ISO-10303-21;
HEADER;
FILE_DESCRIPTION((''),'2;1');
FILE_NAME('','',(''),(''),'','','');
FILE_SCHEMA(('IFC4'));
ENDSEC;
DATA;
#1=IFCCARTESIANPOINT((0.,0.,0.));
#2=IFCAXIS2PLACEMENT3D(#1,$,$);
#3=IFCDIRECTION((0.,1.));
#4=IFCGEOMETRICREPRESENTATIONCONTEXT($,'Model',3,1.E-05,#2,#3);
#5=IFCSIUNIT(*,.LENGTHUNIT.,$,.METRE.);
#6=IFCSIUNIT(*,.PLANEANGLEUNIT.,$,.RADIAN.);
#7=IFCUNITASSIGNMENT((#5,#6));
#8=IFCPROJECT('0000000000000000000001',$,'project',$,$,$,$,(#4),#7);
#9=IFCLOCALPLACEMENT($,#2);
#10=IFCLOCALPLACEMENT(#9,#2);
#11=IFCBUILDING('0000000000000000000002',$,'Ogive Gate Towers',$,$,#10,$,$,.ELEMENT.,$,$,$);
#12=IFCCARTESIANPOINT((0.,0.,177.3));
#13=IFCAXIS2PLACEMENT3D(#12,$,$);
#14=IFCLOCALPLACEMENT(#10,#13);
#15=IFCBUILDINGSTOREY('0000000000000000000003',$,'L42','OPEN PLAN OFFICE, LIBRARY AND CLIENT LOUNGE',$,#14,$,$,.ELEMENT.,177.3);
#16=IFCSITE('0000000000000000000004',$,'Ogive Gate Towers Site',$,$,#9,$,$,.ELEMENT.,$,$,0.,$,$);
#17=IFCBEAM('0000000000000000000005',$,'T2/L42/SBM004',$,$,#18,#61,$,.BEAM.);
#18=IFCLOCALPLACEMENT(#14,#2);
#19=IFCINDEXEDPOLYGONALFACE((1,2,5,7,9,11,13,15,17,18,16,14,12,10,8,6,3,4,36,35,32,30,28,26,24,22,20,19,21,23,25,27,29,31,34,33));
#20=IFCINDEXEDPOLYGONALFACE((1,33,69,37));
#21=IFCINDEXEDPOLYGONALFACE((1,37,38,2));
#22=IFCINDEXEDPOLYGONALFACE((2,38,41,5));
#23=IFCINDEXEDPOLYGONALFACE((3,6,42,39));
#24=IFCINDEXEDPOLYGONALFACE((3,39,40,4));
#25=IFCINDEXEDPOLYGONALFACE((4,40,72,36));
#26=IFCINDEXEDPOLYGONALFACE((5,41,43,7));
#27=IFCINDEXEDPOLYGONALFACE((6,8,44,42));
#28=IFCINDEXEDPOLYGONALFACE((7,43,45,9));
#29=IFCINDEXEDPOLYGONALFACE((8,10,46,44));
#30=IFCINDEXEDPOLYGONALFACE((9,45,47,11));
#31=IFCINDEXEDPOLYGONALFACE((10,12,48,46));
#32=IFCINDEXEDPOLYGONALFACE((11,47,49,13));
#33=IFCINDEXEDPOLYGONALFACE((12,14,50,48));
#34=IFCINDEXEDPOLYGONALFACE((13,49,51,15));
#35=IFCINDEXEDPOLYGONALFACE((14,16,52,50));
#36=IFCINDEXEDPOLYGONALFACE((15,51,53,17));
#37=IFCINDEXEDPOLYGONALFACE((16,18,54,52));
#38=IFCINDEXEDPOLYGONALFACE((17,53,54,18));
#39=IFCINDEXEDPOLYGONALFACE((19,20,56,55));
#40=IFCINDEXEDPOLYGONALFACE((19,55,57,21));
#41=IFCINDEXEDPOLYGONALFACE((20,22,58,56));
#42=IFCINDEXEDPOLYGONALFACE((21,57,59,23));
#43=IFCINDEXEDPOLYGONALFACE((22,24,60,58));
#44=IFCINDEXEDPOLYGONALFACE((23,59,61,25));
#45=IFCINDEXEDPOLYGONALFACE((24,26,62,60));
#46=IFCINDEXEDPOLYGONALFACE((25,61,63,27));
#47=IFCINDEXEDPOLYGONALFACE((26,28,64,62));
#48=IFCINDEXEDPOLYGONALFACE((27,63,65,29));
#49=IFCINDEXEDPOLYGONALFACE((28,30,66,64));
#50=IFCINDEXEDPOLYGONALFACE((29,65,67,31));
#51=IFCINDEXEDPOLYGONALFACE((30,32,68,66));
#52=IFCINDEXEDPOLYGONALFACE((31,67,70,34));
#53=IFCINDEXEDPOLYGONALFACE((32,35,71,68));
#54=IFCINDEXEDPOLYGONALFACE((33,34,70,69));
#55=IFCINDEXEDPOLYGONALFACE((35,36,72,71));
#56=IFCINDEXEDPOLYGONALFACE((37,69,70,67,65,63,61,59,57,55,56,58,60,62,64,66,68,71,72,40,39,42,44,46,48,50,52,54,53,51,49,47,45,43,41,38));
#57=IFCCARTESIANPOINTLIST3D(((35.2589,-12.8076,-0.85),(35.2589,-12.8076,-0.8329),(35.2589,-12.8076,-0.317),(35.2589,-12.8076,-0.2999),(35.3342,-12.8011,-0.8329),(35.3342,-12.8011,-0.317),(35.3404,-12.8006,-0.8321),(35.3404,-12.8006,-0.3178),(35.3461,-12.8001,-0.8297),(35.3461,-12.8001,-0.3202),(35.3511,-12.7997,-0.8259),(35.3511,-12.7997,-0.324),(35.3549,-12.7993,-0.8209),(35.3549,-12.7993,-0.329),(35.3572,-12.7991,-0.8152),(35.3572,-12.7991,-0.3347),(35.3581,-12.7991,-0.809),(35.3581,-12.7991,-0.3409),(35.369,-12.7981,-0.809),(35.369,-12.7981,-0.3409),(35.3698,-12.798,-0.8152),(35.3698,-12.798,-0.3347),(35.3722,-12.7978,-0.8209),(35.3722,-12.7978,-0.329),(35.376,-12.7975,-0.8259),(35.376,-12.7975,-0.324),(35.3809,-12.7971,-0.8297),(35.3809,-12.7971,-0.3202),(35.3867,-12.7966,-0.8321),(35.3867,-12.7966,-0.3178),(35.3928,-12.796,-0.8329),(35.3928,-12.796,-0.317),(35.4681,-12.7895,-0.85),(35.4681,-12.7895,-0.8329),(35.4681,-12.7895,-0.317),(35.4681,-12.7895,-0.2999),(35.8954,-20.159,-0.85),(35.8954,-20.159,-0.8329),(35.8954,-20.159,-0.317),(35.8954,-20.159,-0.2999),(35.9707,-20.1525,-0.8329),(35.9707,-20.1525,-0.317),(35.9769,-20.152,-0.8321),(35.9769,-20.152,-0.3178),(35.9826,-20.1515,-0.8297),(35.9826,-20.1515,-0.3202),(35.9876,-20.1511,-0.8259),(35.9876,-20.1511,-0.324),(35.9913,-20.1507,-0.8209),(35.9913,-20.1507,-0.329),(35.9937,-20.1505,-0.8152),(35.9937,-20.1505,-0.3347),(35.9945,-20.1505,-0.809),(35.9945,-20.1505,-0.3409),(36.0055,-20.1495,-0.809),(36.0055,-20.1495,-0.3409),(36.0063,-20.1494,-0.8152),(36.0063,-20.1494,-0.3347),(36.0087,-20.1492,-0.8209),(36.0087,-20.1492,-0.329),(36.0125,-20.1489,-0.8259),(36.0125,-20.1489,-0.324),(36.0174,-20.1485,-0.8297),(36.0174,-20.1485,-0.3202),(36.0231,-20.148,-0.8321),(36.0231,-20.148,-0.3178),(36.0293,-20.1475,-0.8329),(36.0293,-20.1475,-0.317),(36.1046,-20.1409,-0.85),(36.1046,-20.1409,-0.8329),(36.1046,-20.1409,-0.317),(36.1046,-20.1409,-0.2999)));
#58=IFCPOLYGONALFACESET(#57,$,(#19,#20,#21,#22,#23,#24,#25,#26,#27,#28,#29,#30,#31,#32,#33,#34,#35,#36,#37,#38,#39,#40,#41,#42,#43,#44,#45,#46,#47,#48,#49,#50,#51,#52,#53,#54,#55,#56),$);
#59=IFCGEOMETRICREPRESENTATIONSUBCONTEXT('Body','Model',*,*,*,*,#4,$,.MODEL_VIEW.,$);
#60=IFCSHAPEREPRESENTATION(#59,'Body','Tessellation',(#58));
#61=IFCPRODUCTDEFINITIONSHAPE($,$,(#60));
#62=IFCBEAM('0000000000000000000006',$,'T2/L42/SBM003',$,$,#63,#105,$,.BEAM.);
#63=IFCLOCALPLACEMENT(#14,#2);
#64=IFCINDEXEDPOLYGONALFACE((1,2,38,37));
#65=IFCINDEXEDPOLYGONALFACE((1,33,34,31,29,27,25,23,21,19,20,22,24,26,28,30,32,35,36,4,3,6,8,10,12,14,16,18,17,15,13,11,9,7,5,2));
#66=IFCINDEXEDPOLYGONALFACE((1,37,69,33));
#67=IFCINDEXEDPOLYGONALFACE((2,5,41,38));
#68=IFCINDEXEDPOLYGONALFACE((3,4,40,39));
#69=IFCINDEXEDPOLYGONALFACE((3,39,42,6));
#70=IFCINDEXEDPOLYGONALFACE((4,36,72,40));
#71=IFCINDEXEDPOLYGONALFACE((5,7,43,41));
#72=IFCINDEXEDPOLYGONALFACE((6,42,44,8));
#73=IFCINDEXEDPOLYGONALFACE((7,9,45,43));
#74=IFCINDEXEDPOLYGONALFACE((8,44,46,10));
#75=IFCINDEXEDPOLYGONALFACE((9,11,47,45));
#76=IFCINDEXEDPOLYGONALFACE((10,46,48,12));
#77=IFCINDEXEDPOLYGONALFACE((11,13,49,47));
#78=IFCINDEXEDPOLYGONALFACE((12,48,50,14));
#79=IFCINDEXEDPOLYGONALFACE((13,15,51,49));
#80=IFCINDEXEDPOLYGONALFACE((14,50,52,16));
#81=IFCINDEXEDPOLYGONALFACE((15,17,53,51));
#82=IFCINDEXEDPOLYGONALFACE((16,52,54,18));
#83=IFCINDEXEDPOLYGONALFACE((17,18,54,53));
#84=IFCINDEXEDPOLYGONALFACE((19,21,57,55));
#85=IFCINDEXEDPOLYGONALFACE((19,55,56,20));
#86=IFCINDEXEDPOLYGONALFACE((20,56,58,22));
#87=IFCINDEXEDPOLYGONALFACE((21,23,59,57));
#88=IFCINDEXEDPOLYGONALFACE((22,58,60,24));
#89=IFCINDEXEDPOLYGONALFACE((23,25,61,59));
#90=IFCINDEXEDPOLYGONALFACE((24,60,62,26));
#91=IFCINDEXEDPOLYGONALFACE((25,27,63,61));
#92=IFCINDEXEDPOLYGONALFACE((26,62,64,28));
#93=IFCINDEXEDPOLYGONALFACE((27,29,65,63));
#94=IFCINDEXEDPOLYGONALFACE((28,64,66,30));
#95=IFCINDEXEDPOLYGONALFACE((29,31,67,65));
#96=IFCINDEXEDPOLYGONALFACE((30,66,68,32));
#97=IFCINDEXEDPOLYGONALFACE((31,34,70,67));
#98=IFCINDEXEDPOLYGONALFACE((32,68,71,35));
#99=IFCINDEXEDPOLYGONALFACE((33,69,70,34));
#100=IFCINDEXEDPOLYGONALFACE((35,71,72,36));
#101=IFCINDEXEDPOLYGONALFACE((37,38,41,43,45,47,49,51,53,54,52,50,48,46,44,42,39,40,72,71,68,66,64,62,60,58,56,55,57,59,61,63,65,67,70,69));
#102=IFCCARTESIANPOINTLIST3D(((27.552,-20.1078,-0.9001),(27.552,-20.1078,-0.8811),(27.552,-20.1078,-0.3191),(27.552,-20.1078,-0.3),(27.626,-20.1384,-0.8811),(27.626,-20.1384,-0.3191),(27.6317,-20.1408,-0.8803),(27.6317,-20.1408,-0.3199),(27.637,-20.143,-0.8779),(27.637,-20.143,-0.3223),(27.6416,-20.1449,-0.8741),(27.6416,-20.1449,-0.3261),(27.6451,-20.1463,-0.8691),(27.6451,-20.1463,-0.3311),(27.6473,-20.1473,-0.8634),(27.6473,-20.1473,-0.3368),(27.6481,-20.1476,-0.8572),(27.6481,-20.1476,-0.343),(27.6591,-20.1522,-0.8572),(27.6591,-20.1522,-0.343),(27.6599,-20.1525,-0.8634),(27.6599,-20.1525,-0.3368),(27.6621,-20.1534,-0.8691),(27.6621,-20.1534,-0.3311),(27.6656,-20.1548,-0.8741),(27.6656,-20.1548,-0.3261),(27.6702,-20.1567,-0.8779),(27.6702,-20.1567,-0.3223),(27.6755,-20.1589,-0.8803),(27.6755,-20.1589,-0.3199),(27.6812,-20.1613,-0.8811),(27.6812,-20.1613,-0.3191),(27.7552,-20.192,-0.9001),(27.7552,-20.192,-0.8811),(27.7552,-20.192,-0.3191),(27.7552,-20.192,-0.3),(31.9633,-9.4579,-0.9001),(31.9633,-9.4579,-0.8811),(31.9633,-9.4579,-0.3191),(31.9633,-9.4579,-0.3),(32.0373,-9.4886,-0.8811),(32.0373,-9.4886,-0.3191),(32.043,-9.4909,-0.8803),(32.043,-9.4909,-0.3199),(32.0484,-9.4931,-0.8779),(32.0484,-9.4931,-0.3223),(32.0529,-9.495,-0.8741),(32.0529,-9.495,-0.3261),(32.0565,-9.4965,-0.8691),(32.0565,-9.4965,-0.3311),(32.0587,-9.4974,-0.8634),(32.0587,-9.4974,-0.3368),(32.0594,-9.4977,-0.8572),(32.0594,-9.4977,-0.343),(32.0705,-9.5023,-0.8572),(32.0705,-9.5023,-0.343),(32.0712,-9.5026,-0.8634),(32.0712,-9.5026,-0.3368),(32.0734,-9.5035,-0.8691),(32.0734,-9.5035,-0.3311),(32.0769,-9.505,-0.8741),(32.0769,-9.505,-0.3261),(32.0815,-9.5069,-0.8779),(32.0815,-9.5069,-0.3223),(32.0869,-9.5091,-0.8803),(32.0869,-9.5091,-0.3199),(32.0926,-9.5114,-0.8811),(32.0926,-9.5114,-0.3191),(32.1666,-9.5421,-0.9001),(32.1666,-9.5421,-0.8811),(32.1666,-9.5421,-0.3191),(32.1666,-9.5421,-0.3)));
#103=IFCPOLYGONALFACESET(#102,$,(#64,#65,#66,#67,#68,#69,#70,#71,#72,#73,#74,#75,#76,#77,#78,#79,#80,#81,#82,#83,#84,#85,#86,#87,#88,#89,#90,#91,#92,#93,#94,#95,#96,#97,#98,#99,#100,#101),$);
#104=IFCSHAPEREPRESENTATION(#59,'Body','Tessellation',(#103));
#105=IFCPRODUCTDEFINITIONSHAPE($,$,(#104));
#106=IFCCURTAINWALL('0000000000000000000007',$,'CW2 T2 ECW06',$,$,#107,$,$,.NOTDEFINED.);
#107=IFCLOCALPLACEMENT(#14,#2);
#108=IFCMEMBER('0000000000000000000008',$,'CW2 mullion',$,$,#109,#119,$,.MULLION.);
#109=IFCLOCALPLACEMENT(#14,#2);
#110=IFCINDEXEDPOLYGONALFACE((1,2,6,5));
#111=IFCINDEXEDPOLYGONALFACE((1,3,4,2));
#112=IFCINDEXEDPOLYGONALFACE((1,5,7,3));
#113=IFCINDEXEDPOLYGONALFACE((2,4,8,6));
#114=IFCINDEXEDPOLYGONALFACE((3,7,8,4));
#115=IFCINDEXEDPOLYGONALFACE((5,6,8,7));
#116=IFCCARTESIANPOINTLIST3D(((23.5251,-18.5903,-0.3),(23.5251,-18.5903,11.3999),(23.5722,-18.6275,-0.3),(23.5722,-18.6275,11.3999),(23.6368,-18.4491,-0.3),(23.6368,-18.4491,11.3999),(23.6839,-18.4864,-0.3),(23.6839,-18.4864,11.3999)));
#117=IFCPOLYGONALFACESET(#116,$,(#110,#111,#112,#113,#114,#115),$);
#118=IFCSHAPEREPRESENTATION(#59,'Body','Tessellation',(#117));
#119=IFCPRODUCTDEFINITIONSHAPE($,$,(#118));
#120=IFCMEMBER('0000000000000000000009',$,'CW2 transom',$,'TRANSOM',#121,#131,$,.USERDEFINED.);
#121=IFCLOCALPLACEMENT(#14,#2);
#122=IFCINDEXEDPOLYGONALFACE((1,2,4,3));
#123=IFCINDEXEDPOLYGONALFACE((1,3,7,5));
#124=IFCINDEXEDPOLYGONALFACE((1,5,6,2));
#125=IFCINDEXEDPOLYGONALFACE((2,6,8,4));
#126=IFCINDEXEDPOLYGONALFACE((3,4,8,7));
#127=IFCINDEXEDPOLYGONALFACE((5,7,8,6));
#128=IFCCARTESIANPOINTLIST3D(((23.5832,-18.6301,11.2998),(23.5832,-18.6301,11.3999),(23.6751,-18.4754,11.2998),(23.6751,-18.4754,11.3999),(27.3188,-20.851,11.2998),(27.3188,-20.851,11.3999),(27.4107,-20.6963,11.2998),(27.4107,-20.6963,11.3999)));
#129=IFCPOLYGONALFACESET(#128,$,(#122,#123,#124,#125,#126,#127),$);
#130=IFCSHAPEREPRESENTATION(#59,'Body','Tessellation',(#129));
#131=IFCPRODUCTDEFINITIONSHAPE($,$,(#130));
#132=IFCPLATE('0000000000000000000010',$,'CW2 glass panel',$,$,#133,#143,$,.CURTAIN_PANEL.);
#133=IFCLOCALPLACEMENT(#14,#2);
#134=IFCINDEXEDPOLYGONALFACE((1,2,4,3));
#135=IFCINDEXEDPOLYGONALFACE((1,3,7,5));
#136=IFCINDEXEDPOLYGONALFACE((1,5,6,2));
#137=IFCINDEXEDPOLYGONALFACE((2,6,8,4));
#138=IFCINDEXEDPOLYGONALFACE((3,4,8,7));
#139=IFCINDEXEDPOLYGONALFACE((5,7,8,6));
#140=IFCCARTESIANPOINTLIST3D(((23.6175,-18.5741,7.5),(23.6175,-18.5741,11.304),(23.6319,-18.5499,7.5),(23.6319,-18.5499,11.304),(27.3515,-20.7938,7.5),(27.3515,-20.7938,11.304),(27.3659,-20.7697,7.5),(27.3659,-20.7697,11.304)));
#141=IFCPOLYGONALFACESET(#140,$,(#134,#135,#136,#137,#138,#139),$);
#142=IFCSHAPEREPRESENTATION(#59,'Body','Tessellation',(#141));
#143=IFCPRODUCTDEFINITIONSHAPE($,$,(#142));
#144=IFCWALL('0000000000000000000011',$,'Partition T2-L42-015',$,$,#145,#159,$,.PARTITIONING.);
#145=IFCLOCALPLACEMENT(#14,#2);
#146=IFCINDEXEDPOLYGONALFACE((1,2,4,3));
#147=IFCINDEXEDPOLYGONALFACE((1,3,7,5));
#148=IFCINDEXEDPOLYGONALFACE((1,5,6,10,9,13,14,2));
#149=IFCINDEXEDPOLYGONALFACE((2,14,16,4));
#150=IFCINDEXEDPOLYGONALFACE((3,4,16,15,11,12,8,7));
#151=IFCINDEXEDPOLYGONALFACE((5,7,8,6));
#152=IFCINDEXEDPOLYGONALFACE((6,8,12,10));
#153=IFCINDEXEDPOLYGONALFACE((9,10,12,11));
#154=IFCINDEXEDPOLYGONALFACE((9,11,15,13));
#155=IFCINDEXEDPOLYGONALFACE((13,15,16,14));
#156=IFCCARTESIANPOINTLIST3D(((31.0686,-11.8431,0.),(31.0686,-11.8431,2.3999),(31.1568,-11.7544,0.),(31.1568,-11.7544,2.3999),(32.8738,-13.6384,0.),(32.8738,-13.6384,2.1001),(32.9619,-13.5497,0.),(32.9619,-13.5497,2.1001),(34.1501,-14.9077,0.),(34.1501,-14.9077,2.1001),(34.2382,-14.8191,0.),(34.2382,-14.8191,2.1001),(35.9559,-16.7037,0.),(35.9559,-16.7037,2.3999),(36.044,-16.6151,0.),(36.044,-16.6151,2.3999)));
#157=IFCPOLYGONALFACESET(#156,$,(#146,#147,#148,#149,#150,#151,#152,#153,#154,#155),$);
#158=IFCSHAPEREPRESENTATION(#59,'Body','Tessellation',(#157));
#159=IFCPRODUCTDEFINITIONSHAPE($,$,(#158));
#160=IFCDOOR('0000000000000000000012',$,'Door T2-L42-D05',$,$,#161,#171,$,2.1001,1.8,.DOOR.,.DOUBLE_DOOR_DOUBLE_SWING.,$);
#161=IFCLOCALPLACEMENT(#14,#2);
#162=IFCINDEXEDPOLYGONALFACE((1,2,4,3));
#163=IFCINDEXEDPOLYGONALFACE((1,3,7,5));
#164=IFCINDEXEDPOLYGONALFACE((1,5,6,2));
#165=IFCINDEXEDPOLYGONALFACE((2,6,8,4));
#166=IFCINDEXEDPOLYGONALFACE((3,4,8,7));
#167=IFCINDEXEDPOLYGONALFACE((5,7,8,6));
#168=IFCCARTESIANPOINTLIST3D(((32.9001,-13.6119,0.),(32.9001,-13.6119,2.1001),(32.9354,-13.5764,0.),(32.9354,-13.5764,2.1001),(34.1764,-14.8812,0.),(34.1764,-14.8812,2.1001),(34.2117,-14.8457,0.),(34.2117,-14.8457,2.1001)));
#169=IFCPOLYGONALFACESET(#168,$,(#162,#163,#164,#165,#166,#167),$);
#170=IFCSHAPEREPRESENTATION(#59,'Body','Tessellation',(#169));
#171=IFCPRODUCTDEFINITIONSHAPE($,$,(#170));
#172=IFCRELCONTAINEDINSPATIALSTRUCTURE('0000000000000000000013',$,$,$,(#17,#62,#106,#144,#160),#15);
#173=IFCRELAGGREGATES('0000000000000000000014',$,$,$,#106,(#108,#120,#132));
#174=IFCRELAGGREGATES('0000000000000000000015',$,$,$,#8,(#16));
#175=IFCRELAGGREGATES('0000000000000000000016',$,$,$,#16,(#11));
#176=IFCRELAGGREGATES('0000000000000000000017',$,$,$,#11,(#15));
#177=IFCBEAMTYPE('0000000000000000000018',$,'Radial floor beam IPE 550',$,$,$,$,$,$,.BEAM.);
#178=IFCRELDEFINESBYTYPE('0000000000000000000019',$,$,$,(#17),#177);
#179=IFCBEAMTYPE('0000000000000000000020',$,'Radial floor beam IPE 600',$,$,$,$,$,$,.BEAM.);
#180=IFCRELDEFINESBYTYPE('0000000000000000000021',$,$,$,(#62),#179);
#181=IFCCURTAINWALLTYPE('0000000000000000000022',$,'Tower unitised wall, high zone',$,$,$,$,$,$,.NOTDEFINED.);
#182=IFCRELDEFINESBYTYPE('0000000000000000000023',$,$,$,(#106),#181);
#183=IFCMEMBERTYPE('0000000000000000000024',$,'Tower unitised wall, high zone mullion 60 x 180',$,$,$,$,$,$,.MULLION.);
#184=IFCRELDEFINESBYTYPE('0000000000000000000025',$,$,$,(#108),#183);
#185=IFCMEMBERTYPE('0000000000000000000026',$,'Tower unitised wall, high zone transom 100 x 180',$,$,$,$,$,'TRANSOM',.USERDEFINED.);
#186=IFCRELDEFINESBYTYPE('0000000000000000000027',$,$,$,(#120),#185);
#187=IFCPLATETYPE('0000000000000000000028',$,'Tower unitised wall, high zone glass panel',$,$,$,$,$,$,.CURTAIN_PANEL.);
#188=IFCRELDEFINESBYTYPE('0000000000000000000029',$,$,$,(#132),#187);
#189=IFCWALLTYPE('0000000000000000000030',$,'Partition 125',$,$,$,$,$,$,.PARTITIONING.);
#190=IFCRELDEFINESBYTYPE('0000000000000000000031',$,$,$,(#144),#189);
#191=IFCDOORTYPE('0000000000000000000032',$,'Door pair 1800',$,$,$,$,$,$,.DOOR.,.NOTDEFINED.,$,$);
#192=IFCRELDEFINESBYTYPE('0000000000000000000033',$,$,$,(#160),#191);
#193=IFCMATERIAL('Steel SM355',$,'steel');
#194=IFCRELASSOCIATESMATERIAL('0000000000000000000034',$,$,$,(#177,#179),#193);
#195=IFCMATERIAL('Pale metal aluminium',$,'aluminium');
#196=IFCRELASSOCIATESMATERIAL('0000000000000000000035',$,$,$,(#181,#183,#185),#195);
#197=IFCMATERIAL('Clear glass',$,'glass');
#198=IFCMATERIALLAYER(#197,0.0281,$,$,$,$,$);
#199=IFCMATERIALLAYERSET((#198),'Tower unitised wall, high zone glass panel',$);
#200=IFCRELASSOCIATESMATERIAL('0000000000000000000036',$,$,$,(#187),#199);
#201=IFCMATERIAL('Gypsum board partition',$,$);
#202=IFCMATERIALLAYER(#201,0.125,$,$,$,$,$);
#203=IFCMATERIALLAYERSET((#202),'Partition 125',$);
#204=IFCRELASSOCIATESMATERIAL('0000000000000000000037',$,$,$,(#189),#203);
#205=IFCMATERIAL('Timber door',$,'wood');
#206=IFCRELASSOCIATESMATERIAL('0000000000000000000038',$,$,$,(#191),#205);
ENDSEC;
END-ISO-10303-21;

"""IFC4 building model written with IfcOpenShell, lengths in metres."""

from ifc_helpers import new_model, si_unit, direction, frame, frame_2d, origin, origin_2d, place, context, subcontext, project, spatial, rectangle, i_section, extrude, material, layer, layer_set, material_profile, profile_set, type_object, element, fill, aggregate, save


model = new_model("IFC4")

# Units and contexts
model_context = context("Model", 3, precision=1e-05, world=origin(), true_north=direction((0.0, 1.0)))
body_context = subcontext(model_context, "Body", "Model", "MODEL_VIEW")
ifc_project = project(units=[si_unit("LENGTHUNIT", "METRE"), si_unit("PLANEANGLEUNIT", "RADIAN")], contexts=[model_context])

# Site, building, storey
site_placement = place(None, origin())
site = spatial("IfcSite", under=ifc_project, at=site_placement, Name="Ogive Gate Towers Site", CompositionType="ELEMENT", RefElevation=0.0)
building_placement = place(site_placement, origin())
building = spatial("IfcBuilding", under=site, at=building_placement, Name="Ogive Gate Towers", CompositionType="ELEMENT")
storey_placement = place(building_placement, frame((0.0, 0.0, 177.3)))
storey = spatial("IfcBuildingStorey", under=building, at=storey_placement, Name="L42", Description="OPEN PLAN OFFICE, LIBRARY AND CLIENT LOUNGE", CompositionType="ELEMENT", Elevation=177.3)

# Beams
ifc_material_1 = material(Name="Steel SM355", Category="steel")
ifc_material_profile_1 = material_profile(ifc_material_1, i_section(OverallWidth=0.21, OverallDepth=0.55, WebThickness=0.011, FlangeThickness=0.0171, FilletRadius=0.0239, at=origin_2d()), Name="IPE 550")
ifc_profile_set_1 = profile_set([ifc_material_profile_1], Name="Steel SM355")
beam_type_1 = type_object("IfcBeamType", Name="Radial floor beam IPE 550", PredefinedType="BEAM", material=ifc_profile_set_1)
beam_1_placement = place(storey_placement, frame((35.3635, -12.7986, -0.575), z_axis=(0.086257, -0.996273, 0.0), x_axis=(0.996273, 0.086257, 0.0)))
element("IfcBeam", 1, at=beam_1_placement, inside=storey, type_object=beam_type_1, Name="T2/L42/SBM004", PredefinedType="BEAM", context=body_context, shape_type="SweptSolid", body=[
    extrude(i_section(OverallWidth=0.21, OverallDepth=0.55, WebThickness=0.011, FlangeThickness=0.0171, FilletRadius=0.0239, at=origin_2d()), origin(), (0.0, 0.0, 1.0), 7.3789),
])
ifc_material_profile_2 = material_profile(ifc_material_1, i_section(OverallWidth=0.22, OverallDepth=0.6001, WebThickness=0.012, FlangeThickness=0.019, FilletRadius=0.0239, at=origin_2d()), Name="IPE 600")
ifc_profile_set_2 = profile_set([ifc_material_profile_2], Name="Steel SM355")
beam_type_2 = type_object("IfcBeamType", Name="Radial floor beam IPE 600", PredefinedType="BEAM", material=ifc_profile_set_2)
beam_2_placement = place(storey_placement, frame((32.0649, -9.5, -0.6001), z_axis=(-0.382687, -0.923878, 0.0), x_axis=(0.923878, -0.382687, 0.0)))
element("IfcBeam", 2, at=beam_2_placement, inside=storey, type_object=beam_type_2, Name="T2/L42/SBM003", PredefinedType="BEAM", context=body_context, shape_type="SweptSolid", body=[
    extrude(i_section(OverallWidth=0.22, OverallDepth=0.6001, WebThickness=0.012, FlangeThickness=0.019, FilletRadius=0.0239, at=origin_2d()), origin(), (0.0, 0.0, 1.0), 11.5273),
])

# Curtain wall, members, plate
ifc_material_2 = material(Name="Pale metal aluminium", Category="aluminium")
curtain_wall_type = type_object("IfcCurtainWallType", Name="Tower unitised wall, high zone", PredefinedType="NOTDEFINED", material=ifc_material_2)
curtain_wall_placement = place(storey_placement, origin())
curtain_wall = element("IfcCurtainWall", 3, at=curtain_wall_placement, inside=storey, type_object=curtain_wall_type, Name="CW2 T2 ECW06", PredefinedType="NOTDEFINED")
ifc_material_profile_3 = material_profile(ifc_material_2, rectangle(XDim=0.1799, YDim=0.0601, at=origin_2d()), Name="60 x 180 aluminium box")
ifc_profile_set_3 = profile_set([ifc_material_profile_3], Name="Pale metal aluminium")
member_type_1 = type_object("IfcMemberType", Name="Tower unitised wall, high zone mullion 60 x 180", PredefinedType="MULLION", material=ifc_profile_set_3)
member_1_placement = place(storey_placement, frame((23.6045, -18.5383, -0.3), z_axis=(0.0, 0.0, 1.0), x_axis=(-0.620464, -0.784235, 0.0)))
member_1 = element("IfcMember", 4, at=member_1_placement, type_object=member_type_1, Name="CW2 mullion", PredefinedType="MULLION", context=body_context, shape_type="SweptSolid", body=[
    extrude(rectangle(XDim=0.1799, YDim=0.0601, at=origin_2d()), origin(), (0.0, 0.0, 1.0), 11.7),
])
ifc_material_profile_4 = material_profile(ifc_material_2, rectangle(XDim=0.1799, YDim=0.1001, at=origin_2d()), Name="100 x 180 aluminium box")
ifc_profile_set_4 = profile_set([ifc_material_profile_4], Name="Pale metal aluminium")
member_type_2 = type_object("IfcMemberType", Name="Tower unitised wall, high zone transom 100 x 180", ElementType="TRANSOM", PredefinedType="USERDEFINED", material=ifc_profile_set_4)
member_2_placement = place(storey_placement, frame((23.6292, -18.5527, 11.3499), z_axis=(0.859558, -0.511038, 0.0), x_axis=(0.511038, 0.859558, 0.0)))
member_2 = element("IfcMember", 5, at=member_2_placement, type_object=member_type_2, Name="CW2 transom", ObjectType="TRANSOM", PredefinedType="USERDEFINED", context=body_context, shape_type="SweptSolid", body=[
    extrude(rectangle(XDim=0.1799, YDim=0.1001, at=origin_2d()), origin(), (0.0, 0.0, 1.0), 4.3459),
])
ifc_material_3 = material(Name="Clear glass", Category="glass")
ifc_layer_1 = layer(ifc_material_3, 0.0281)
ifc_layer_set_1 = layer_set([ifc_layer_1], Name="Tower unitised wall, high zone glass panel")
plate_type = type_object("IfcPlateType", Name="Tower unitised wall, high zone glass panel", PredefinedType="CURTAIN_PANEL", material=ifc_layer_set_1)
plate_placement = place(storey_placement, frame((25.4917, -19.6719, 7.5), z_axis=(0.0, 0.0, 1.0), x_axis=(0.859585, -0.510993, 0.0)))
plate = element("IfcPlate", 6, at=plate_placement, type_object=plate_type, Name="CW2 glass panel", PredefinedType="CURTAIN_PANEL", context=body_context, shape_type="SweptSolid", body=[
    extrude(rectangle(XDim=4.344, YDim=0.0281, at=origin_2d()), origin(), (0.0, 0.0, 1.0), 3.804),
])
aggregate(curtain_wall, [member_1, member_2, plate])

# Wall, opening, door
ifc_material_4 = material(Name="Gypsum board partition")
ifc_layer_2 = layer(ifc_material_4, 0.125)
ifc_layer_set_2 = layer_set([ifc_layer_2], Name="Partition 125")
wall_type_1 = type_object("IfcWallType", Name="Partition 125", PredefinedType="PARTITIONING", material=ifc_layer_set_2)
wall_1_placement = place(storey_placement, frame((31.1128, -11.7988, 0.0), z_axis=(0.0, 0.0, 1.0), x_axis=(0.709035, -0.705174, 0.0)))
wall_1 = element("IfcWall", 7, at=wall_1_placement, inside=storey, type_object=wall_type_1, Name="Partition T2-L42-015", PredefinedType="PARTITIONING", context=body_context, shape_type="SweptSolid", body=[
    extrude(rectangle(XDim=6.8928, YDim=0.125, at=frame_2d((3.4463, 0.0))), origin(), (0.0, 0.0, 1.0), 2.3999),
])
opening_placement = place(wall_1_placement, frame((2.5459, 0.0, 0.0)))
opening = element("IfcOpeningElement", 8, at=opening_placement, cuts=wall_1, PredefinedType="OPENING", context=body_context, shape_type="SweptSolid", body=[
    extrude(rectangle(XDim=1.8, YDim=2.1001, at=frame_2d((0.8999, 1.05))), frame((0.0, 0.0725, 0.0), z_axis=(0.0, -1.0, 0.0), x_axis=(1.0, 0.0, 0.0)), (0.0, 0.0, 1.0), 0.145),
])
ifc_material_5 = material(Name="Timber door", Category="wood")
door_type = type_object("IfcDoorType", Name="Door pair 1800", OperationType="NOTDEFINED", PredefinedType="DOOR", material=ifc_material_5)
door_placement = place(opening_placement, origin())
door = element("IfcDoor", 9, at=door_placement, inside=storey, type_object=door_type, Name="Door T2-L42-D05", OperationType="DOUBLE_DOOR_DOUBLE_SWING", OverallHeight=2.1001, OverallWidth=1.8, PredefinedType="DOOR", context=body_context, shape_type="SweptSolid", body=[
    extrude(rectangle(XDim=1.8, YDim=2.1001, at=frame_2d((0.8999, 1.05))), frame((0.0, 0.0249, 0.0), z_axis=(0.0, -1.0, 0.0), x_axis=(1.0, 0.0, 0.0)), (0.0, 0.0, 1.0), 0.05),
])
fill(opening, door)

save(model, "model.ifc")
